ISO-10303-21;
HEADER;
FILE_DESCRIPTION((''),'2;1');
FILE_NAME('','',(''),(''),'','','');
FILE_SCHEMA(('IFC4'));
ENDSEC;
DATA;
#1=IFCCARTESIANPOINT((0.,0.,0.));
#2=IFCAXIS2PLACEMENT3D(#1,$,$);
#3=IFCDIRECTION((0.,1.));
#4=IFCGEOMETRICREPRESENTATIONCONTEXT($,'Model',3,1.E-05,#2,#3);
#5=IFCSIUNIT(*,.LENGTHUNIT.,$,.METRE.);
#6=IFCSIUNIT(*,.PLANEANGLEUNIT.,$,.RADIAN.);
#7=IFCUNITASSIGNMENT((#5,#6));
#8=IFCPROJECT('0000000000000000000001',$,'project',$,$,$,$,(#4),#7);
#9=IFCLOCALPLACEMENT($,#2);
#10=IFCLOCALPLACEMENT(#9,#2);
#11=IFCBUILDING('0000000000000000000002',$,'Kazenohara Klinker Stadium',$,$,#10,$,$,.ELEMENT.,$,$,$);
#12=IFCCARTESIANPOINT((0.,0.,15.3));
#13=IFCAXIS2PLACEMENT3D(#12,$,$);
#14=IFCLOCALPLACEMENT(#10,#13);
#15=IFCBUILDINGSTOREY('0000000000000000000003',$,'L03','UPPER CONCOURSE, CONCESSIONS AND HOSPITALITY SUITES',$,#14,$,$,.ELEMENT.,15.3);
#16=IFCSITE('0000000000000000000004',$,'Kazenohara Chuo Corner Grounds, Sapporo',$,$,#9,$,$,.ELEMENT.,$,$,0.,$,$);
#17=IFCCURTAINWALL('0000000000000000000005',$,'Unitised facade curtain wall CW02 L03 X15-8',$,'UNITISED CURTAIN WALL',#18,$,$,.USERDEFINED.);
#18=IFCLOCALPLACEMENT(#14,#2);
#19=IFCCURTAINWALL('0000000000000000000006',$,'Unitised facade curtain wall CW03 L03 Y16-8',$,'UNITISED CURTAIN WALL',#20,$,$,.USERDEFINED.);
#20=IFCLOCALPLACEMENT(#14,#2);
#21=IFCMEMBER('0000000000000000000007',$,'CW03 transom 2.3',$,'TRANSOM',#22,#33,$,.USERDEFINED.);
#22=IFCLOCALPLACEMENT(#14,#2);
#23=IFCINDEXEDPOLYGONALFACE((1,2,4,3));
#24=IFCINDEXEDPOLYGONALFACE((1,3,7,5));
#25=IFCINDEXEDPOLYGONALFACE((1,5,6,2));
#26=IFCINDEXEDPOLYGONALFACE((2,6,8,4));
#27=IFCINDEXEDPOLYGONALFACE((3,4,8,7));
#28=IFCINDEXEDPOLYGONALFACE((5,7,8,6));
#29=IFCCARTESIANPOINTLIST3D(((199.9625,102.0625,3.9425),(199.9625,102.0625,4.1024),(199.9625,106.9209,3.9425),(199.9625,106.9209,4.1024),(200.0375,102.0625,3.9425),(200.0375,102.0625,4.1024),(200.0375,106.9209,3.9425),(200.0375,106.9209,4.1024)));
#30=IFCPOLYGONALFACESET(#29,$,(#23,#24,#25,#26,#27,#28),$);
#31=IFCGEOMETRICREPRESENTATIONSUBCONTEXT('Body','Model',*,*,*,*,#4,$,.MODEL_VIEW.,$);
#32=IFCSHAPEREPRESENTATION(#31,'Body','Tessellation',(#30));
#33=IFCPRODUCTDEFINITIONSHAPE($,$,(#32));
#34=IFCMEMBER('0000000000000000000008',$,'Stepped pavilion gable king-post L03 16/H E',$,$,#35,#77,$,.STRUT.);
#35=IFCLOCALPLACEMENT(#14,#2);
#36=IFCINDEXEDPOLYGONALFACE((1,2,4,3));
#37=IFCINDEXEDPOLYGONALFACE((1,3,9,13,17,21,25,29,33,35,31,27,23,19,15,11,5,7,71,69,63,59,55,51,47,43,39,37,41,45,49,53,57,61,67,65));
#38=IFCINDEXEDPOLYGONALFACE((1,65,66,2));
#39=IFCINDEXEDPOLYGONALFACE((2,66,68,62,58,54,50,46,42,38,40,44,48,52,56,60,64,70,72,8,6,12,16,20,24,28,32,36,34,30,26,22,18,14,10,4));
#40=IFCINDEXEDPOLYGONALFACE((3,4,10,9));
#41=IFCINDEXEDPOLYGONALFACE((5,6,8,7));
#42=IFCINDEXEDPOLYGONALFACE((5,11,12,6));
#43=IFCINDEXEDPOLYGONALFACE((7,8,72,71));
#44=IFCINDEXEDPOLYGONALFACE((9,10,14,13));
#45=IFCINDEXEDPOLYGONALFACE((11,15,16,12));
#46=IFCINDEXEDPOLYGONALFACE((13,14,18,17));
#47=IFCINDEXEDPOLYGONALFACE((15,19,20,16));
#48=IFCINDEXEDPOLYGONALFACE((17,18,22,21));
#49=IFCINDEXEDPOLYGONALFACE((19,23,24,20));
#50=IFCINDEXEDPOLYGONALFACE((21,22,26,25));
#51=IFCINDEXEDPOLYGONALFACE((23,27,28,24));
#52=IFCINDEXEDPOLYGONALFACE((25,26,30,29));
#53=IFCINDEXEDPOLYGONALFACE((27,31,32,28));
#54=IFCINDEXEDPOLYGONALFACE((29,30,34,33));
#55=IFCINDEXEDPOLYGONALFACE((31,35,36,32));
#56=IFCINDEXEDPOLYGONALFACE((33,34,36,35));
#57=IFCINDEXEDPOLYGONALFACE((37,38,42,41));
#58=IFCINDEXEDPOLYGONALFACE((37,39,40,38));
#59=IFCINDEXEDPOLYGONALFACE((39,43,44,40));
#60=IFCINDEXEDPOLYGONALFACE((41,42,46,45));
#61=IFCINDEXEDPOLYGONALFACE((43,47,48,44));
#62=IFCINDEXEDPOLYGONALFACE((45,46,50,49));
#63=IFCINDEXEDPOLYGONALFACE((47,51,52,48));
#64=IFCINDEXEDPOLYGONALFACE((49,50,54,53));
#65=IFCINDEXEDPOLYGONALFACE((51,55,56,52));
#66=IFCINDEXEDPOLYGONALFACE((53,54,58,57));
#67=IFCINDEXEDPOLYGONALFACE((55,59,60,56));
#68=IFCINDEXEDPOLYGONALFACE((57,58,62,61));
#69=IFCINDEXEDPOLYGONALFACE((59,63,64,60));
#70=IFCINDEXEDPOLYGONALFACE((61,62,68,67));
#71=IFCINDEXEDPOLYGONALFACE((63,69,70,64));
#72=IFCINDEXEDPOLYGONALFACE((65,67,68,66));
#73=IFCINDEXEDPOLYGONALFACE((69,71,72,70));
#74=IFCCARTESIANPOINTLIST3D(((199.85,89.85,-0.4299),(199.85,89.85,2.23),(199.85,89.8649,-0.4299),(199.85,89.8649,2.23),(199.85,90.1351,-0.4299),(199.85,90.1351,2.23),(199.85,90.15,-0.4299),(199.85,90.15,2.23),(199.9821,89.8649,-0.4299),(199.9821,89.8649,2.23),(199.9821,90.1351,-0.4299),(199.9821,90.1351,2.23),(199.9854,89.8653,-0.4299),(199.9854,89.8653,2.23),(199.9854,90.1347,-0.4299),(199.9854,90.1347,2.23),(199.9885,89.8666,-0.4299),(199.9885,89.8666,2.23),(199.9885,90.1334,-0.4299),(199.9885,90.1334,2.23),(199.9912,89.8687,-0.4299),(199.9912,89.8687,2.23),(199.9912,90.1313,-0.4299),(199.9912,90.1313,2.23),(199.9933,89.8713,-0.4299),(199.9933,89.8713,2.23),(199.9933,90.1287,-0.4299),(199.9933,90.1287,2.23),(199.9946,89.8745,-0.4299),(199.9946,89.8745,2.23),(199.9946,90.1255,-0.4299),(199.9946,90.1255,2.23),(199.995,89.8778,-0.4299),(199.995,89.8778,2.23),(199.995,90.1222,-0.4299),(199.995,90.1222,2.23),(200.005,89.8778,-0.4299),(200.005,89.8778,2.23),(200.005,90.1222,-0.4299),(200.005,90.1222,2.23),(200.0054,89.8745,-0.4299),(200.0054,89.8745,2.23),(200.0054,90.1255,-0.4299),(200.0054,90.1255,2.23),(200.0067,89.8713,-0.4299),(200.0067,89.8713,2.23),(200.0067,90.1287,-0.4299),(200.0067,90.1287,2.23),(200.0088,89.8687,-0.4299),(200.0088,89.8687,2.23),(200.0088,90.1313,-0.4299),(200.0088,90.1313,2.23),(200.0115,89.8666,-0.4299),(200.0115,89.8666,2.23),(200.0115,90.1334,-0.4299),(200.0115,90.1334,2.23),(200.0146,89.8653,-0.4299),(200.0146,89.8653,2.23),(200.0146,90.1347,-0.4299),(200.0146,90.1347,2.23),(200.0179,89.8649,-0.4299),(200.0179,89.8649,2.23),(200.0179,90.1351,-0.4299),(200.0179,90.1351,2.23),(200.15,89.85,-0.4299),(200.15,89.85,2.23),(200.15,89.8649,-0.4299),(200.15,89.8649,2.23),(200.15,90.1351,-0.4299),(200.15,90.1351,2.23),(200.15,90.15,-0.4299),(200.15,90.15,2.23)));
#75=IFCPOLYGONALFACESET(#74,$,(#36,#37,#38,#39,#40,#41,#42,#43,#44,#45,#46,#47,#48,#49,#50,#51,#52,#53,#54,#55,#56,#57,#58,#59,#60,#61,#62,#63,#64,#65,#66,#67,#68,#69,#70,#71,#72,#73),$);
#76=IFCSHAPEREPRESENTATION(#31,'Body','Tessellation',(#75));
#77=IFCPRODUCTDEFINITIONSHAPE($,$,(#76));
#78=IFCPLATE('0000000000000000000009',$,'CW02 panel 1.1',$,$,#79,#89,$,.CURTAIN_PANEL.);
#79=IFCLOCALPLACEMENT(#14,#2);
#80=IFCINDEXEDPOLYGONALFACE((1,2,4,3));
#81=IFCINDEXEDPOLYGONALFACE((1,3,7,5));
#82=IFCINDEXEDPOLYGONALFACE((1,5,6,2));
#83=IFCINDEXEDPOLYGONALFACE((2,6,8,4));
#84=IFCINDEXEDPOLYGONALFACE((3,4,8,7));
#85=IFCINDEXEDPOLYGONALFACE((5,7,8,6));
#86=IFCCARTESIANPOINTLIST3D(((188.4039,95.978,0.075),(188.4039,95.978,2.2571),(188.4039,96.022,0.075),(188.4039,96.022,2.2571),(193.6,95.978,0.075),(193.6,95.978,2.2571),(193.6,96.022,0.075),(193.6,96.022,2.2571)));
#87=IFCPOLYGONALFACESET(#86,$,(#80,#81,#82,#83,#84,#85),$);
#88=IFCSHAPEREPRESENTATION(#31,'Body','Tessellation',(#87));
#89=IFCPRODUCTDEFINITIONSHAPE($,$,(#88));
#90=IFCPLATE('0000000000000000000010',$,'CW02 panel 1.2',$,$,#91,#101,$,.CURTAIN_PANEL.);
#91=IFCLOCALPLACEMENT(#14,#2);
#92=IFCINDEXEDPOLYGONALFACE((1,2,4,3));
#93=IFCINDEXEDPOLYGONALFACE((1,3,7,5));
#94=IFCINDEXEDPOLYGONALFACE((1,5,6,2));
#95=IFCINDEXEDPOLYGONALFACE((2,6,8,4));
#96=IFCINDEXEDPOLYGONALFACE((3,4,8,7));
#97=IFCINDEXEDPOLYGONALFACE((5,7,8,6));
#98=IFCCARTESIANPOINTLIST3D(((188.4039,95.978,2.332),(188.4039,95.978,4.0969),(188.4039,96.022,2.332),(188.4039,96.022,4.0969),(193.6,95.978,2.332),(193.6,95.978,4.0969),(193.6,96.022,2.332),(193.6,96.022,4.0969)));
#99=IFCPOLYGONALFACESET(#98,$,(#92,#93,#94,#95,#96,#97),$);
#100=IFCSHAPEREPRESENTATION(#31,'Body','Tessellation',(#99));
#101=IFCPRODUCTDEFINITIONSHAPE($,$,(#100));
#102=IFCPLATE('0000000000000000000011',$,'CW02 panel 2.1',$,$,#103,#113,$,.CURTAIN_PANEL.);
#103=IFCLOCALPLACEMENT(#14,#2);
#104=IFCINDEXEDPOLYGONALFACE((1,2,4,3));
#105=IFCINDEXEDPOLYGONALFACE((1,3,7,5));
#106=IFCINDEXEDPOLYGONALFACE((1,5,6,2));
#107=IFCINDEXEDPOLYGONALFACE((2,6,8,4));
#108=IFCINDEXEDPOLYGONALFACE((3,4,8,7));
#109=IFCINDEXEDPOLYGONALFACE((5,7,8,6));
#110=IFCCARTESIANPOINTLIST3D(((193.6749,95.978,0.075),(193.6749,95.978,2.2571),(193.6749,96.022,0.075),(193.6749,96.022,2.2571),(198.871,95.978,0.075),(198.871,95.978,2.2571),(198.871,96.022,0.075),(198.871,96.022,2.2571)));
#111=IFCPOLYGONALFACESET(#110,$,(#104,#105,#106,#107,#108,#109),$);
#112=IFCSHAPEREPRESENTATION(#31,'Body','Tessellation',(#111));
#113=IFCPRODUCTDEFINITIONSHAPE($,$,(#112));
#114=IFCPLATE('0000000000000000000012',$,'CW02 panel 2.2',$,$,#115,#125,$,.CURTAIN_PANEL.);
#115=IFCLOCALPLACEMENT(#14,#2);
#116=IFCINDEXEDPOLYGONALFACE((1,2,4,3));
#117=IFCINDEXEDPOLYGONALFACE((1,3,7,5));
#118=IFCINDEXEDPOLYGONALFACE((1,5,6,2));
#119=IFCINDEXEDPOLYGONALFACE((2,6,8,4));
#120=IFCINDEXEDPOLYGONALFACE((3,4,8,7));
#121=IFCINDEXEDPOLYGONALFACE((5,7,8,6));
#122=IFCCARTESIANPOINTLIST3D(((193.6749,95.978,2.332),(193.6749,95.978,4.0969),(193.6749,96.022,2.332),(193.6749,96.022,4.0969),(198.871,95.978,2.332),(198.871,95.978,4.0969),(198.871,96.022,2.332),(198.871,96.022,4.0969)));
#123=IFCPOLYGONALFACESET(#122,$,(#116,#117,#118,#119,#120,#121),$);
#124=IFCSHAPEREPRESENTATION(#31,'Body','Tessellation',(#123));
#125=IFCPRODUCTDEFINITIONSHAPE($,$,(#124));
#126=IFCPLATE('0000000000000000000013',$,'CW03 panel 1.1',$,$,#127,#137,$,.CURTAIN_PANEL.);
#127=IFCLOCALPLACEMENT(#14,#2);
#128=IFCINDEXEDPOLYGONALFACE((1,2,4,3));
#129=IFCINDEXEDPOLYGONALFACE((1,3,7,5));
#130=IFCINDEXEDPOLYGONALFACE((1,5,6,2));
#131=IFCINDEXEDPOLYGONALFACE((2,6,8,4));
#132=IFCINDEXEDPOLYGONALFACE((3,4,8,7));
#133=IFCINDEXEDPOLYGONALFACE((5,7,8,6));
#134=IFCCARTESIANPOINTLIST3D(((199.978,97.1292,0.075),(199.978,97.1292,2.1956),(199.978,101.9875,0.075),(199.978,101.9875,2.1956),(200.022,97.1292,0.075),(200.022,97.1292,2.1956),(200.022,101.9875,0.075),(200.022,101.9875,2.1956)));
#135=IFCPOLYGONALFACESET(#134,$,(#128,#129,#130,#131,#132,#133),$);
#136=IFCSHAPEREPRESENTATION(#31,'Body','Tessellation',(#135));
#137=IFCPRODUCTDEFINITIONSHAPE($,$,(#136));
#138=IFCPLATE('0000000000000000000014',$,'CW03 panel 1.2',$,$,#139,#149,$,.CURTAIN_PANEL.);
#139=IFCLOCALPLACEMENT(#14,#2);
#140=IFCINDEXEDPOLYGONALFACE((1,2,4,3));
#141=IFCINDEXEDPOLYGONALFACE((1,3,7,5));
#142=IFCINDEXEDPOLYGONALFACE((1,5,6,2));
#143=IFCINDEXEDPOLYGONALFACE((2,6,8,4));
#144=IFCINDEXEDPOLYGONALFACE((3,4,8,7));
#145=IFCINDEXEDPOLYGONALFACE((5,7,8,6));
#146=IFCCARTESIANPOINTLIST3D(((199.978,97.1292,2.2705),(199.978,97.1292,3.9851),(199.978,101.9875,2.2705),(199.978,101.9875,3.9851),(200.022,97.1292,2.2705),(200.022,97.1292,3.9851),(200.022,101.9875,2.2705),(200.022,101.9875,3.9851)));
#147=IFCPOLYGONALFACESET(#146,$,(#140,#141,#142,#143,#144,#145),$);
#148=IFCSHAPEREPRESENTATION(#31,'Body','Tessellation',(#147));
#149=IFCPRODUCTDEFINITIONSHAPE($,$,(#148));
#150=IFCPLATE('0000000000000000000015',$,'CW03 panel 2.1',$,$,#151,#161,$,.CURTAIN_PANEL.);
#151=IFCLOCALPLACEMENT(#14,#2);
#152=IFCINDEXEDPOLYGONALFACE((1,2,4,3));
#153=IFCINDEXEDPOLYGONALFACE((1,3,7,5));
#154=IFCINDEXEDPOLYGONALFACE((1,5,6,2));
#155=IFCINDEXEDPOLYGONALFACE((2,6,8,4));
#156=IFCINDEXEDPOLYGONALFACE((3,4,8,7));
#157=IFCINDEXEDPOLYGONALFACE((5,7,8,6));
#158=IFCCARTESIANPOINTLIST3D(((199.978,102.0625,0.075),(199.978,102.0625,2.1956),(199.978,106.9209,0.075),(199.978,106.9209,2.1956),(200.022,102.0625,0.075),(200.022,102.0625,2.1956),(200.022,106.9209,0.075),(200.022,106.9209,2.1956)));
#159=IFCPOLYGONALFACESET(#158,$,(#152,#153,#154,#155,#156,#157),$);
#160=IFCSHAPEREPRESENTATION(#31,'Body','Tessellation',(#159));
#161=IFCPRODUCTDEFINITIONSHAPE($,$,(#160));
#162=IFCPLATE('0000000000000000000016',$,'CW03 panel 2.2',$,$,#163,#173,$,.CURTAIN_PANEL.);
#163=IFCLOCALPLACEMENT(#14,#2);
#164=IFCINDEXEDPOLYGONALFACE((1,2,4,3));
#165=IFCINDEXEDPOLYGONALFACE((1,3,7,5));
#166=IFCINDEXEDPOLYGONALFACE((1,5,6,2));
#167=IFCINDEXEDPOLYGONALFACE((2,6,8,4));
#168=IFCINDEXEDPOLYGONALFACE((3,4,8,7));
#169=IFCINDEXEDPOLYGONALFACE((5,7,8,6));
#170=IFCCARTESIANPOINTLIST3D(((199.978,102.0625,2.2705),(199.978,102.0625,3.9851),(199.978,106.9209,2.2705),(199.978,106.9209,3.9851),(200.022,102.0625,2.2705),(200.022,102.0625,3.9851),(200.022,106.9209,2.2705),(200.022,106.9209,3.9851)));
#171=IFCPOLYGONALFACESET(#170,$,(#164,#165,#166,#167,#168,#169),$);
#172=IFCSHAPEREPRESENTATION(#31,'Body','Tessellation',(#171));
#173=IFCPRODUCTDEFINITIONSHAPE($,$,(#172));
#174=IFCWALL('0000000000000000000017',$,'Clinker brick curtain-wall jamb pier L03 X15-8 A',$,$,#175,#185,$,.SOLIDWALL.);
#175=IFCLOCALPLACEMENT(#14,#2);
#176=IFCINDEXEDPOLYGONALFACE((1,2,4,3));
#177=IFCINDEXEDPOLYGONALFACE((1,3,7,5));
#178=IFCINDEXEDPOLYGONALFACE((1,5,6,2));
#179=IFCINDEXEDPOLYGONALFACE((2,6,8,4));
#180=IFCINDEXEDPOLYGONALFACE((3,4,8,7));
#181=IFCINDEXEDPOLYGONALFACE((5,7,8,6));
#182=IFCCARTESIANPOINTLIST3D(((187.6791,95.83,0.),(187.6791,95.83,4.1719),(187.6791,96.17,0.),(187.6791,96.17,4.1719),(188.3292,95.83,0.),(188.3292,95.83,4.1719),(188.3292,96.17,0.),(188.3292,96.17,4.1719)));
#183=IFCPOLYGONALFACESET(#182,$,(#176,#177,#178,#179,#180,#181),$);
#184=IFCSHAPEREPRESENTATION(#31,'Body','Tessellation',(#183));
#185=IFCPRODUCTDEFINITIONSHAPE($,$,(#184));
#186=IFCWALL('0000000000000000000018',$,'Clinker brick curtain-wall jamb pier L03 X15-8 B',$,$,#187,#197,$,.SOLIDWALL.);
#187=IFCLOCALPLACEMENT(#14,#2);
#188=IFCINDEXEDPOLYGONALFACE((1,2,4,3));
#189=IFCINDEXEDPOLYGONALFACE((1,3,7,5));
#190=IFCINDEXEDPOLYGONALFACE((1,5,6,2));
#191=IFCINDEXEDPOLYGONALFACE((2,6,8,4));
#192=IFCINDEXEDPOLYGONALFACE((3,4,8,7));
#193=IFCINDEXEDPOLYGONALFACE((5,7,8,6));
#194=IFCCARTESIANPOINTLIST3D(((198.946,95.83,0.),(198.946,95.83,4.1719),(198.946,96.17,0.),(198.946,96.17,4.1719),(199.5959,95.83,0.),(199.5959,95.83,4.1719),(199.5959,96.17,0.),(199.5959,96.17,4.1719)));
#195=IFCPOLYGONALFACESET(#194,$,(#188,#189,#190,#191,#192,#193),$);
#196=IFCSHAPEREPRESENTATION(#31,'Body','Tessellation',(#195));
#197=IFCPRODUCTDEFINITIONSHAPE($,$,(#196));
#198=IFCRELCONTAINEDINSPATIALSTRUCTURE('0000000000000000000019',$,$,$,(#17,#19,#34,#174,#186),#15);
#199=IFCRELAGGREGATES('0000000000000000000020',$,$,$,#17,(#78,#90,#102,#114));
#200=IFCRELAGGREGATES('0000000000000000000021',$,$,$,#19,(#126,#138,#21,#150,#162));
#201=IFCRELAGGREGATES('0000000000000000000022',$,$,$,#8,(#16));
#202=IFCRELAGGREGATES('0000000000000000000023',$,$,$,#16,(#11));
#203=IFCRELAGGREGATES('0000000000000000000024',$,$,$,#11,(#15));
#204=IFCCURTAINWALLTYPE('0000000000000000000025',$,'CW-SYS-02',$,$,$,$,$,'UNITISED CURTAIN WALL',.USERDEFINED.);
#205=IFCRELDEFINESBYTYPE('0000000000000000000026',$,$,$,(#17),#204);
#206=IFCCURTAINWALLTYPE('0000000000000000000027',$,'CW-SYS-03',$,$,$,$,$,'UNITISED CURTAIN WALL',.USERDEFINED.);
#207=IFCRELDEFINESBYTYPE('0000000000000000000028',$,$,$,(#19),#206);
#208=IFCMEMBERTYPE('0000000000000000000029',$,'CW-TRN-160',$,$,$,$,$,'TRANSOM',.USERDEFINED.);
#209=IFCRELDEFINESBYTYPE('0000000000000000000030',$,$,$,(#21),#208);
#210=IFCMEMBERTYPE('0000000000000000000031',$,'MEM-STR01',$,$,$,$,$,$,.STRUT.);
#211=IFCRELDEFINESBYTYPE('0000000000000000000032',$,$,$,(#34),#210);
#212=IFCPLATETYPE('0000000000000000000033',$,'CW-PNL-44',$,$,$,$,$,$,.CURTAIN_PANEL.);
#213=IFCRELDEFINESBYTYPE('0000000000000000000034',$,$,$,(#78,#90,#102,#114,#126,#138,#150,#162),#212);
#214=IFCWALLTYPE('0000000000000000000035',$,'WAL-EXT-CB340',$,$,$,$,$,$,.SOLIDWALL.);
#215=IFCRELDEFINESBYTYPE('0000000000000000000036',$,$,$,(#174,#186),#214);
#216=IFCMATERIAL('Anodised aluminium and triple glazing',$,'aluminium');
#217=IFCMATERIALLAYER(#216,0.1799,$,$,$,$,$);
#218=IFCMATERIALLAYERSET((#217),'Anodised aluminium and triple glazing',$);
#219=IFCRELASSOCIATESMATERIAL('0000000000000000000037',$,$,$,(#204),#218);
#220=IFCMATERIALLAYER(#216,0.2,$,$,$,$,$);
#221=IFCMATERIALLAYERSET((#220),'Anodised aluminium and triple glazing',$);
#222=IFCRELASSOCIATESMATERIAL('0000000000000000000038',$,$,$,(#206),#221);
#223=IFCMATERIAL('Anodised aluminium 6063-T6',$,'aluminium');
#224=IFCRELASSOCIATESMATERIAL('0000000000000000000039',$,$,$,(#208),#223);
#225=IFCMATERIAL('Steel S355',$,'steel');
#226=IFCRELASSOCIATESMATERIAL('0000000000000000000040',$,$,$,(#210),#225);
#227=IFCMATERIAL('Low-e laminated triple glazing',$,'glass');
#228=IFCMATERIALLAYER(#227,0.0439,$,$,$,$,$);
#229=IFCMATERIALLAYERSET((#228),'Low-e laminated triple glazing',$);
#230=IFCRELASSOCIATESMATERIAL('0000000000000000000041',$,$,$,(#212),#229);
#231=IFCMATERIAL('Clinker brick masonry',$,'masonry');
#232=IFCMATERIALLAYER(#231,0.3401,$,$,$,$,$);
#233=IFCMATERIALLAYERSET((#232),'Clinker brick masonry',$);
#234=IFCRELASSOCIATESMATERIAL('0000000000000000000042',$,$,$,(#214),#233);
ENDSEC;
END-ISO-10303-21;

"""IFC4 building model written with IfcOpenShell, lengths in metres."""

from ifc_helpers import new_model, si_unit, direction, frame, frame_2d, origin, origin_2d, place, context, subcontext, project, spatial, rectangle, i_section, extrude, material, layer, layer_set, material_profile, profile_set, type_object, element, aggregate, save


model = new_model("IFC4")

# Units and contexts
model_context = context("Model", 3, precision=1e-05, world=origin(), true_north=direction((0.0, 1.0)))
body_context = subcontext(model_context, "Body", "Model", "MODEL_VIEW")
ifc_project = project(units=[si_unit("LENGTHUNIT", "METRE"), si_unit("PLANEANGLEUNIT", "RADIAN")], contexts=[model_context])

# Site, building, storey
site_placement = place(None, origin())
site = spatial("IfcSite", under=ifc_project, at=site_placement, Name="Kazenohara Chuo Corner Grounds, Sapporo", CompositionType="ELEMENT", RefElevation=0.0)
building_placement = place(site_placement, origin())
building = spatial("IfcBuilding", under=site, at=building_placement, Name="Kazenohara Klinker Stadium", CompositionType="ELEMENT")
storey_placement = place(building_placement, frame((0.0, 0.0, 15.3)))
storey = spatial("IfcBuildingStorey", under=building, at=storey_placement, Name="L03", Description="UPPER CONCOURSE, CONCESSIONS AND HOSPITALITY SUITES", CompositionType="ELEMENT", Elevation=15.3)

# Shared definitions
ifc_material_1 = material(Name="Steel S355", Category="steel")

# Curtain walls
ifc_material_2 = material(Name="Anodised aluminium and triple glazing", Category="aluminium")
ifc_layer_1 = layer(ifc_material_2, 0.1799)
ifc_layer_set_1 = layer_set([ifc_layer_1], Name="Anodised aluminium and triple glazing")
curtain_wall_type_1 = type_object("IfcCurtainWallType", Name="CW-SYS-02", ElementType="UNITISED CURTAIN WALL", PredefinedType="USERDEFINED", material=ifc_layer_set_1)
curtain_wall_1_placement = place(storey_placement, origin())
curtain_wall_1 = element("IfcCurtainWall", 1, at=curtain_wall_1_placement, inside=storey, type_object=curtain_wall_type_1, Name="Unitised facade curtain wall CW02 L03 X15-8", ObjectType="UNITISED CURTAIN WALL", PredefinedType="USERDEFINED")
ifc_material_3 = material(Name="Anodised aluminium 6063-T6", Category="aluminium")
ifc_layer_2 = layer(ifc_material_2, 0.2)
ifc_layer_set_2 = layer_set([ifc_layer_2], Name="Anodised aluminium and triple glazing")
curtain_wall_type_2 = type_object("IfcCurtainWallType", Name="CW-SYS-03", ElementType="UNITISED CURTAIN WALL", PredefinedType="USERDEFINED", material=ifc_layer_set_2)
curtain_wall_2_placement = place(storey_placement, origin())
curtain_wall_2 = element("IfcCurtainWall", 2, at=curtain_wall_2_placement, inside=storey, type_object=curtain_wall_type_2, Name="Unitised facade curtain wall CW03 L03 Y16-8", ObjectType="UNITISED CURTAIN WALL", PredefinedType="USERDEFINED")

# Members
ifc_material_profile_1 = material_profile(ifc_material_3, rectangle(XDim=0.075, YDim=0.1599, at=origin_2d()), Name="ALU-TRN-75x160")
ifc_profile_set_1 = profile_set([ifc_material_profile_1], Name="Anodised aluminium 6063-T6")
member_type_1 = type_object("IfcMemberType", Name="CW-TRN-160", ElementType="TRANSOM", PredefinedType="USERDEFINED", material=ifc_profile_set_1)
member_1_placement = place(storey_placement, frame((200.0, 102.0625, 4.0225), z_axis=(0.0, 1.0, 0.0), x_axis=(-1.0, 0.0, 0.0)))
member_1 = element("IfcMember", 3, at=member_1_placement, type_object=member_type_1, Name="CW03 transom 2.3", ObjectType="TRANSOM", PredefinedType="USERDEFINED", context=body_context, shape_type="SweptSolid", body=[
    extrude(rectangle(XDim=0.075, YDim=0.1599, at=origin_2d()), origin(), (0.0, 0.0, 1.0), 4.8584),
])
ifc_material_profile_2 = material_profile(ifc_material_1, i_section(OverallWidth=0.3, OverallDepth=0.3, WebThickness=0.01, FlangeThickness=0.0149, FilletRadius=0.0129, at=origin_2d()), Name="H-300x300x10x15")
ifc_profile_set_2 = profile_set([ifc_material_profile_2], Name="Steel S355")
member_type_2 = type_object("IfcMemberType", Name="MEM-STR01", PredefinedType="STRUT", material=ifc_profile_set_2)
member_2_placement = place(storey_placement, frame((200.0, 90.0, -0.4299), z_axis=(0.0, 0.0, 1.0), x_axis=(1.0, 0.0, 0.0)))
element("IfcMember", 4, at=member_2_placement, inside=storey, type_object=member_type_2, Name="Stepped pavilion gable king-post L03 16/H E", PredefinedType="STRUT", context=body_context, shape_type="SweptSolid", body=[
    extrude(i_section(OverallWidth=0.3, OverallDepth=0.3, WebThickness=0.01, FlangeThickness=0.0149, FilletRadius=0.0129, at=origin_2d()), origin(), (0.0, 0.0, 1.0), 2.6599),
])

# Plates
ifc_material_4 = material(Name="Low-e laminated triple glazing", Category="glass")
ifc_layer_3 = layer(ifc_material_4, 0.0439)
ifc_layer_set_3 = layer_set([ifc_layer_3], Name="Low-e laminated triple glazing")
plate_type = type_object("IfcPlateType", Name="CW-PNL-44", PredefinedType="CURTAIN_PANEL", material=ifc_layer_set_3)
plate_1_placement = place(storey_placement, frame((191.002, 96.0, 0.075), z_axis=(0.0, 0.0, 1.0), x_axis=(1.0, 0.0, 0.0)))
plate_1 = element("IfcPlate", 5, at=plate_1_placement, type_object=plate_type, Name="CW02 panel 1.1", PredefinedType="CURTAIN_PANEL", context=body_context, shape_type="SweptSolid", body=[
    extrude(rectangle(XDim=5.196, YDim=0.0439, at=origin_2d()), origin(), (0.0, 0.0, 1.0), 2.1821),
])
plate_2_placement = place(storey_placement, frame((191.002, 96.0, 2.332), z_axis=(0.0, 0.0, 1.0), x_axis=(1.0, 0.0, 0.0)))
plate_2 = element("IfcPlate", 6, at=plate_2_placement, type_object=plate_type, Name="CW02 panel 1.2", PredefinedType="CURTAIN_PANEL", context=body_context, shape_type="SweptSolid", body=[
    extrude(rectangle(XDim=5.196, YDim=0.0439, at=origin_2d()), origin(), (0.0, 0.0, 1.0), 1.7649),
])
plate_3_placement = place(storey_placement, frame((196.2729, 96.0, 0.075), z_axis=(0.0, 0.0, 1.0), x_axis=(1.0, 0.0, 0.0)))
plate_3 = element("IfcPlate", 7, at=plate_3_placement, type_object=plate_type, Name="CW02 panel 2.1", PredefinedType="CURTAIN_PANEL", context=body_context, shape_type="SweptSolid", body=[
    extrude(rectangle(XDim=5.196, YDim=0.0439, at=origin_2d()), origin(), (0.0, 0.0, 1.0), 2.1821),
])
plate_4_placement = place(storey_placement, frame((196.2729, 96.0, 2.332), z_axis=(0.0, 0.0, 1.0), x_axis=(1.0, 0.0, 0.0)))
plate_4 = element("IfcPlate", 8, at=plate_4_placement, type_object=plate_type, Name="CW02 panel 2.2", PredefinedType="CURTAIN_PANEL", context=body_context, shape_type="SweptSolid", body=[
    extrude(rectangle(XDim=5.196, YDim=0.0439, at=origin_2d()), origin(), (0.0, 0.0, 1.0), 1.7649),
])
aggregate(curtain_wall_1, [plate_1, plate_2, plate_3, plate_4])
plate_5_placement = place(storey_placement, frame((200.0, 99.5583, 0.075), z_axis=(0.0, 0.0, 1.0), x_axis=(0.0, 1.0, 0.0)))
plate_5 = element("IfcPlate", 9, at=plate_5_placement, type_object=plate_type, Name="CW03 panel 1.1", PredefinedType="CURTAIN_PANEL", context=body_context, shape_type="SweptSolid", body=[
    extrude(rectangle(XDim=4.8584, YDim=0.0439, at=origin_2d()), origin(), (0.0, 0.0, 1.0), 2.1206),
])
plate_6_placement = place(storey_placement, frame((200.0, 99.5583, 2.2705), z_axis=(0.0, 0.0, 1.0), x_axis=(0.0, 1.0, 0.0)))
plate_6 = element("IfcPlate", 10, at=plate_6_placement, type_object=plate_type, Name="CW03 panel 1.2", PredefinedType="CURTAIN_PANEL", context=body_context, shape_type="SweptSolid", body=[
    extrude(rectangle(XDim=4.8584, YDim=0.0439, at=origin_2d()), origin(), (0.0, 0.0, 1.0), 1.7146),
])
plate_7_placement = place(storey_placement, frame((200.0, 104.4917, 0.075), z_axis=(0.0, 0.0, 1.0), x_axis=(0.0, 1.0, 0.0)))
plate_7 = element("IfcPlate", 11, at=plate_7_placement, type_object=plate_type, Name="CW03 panel 2.1", PredefinedType="CURTAIN_PANEL", context=body_context, shape_type="SweptSolid", body=[
    extrude(rectangle(XDim=4.8584, YDim=0.0439, at=origin_2d()), origin(), (0.0, 0.0, 1.0), 2.1206),
])
plate_8_placement = place(storey_placement, frame((200.0, 104.4917, 2.2705), z_axis=(0.0, 0.0, 1.0), x_axis=(0.0, 1.0, 0.0)))
plate_8 = element("IfcPlate", 12, at=plate_8_placement, type_object=plate_type, Name="CW03 panel 2.2", PredefinedType="CURTAIN_PANEL", context=body_context, shape_type="SweptSolid", body=[
    extrude(rectangle(XDim=4.8584, YDim=0.0439, at=origin_2d()), origin(), (0.0, 0.0, 1.0), 1.7146),
])
aggregate(curtain_wall_2, [plate_5, plate_6, member_1, plate_7, plate_8])

# Walls
ifc_material_5 = material(Name="Clinker brick masonry", Category="masonry")
ifc_layer_4 = layer(ifc_material_5, 0.3401)
ifc_layer_set_4 = layer_set([ifc_layer_4], Name="Clinker brick masonry")
wall_type_1 = type_object("IfcWallType", Name="WAL-EXT-CB340", PredefinedType="SOLIDWALL", material=ifc_layer_set_4)
wall_1_placement = place(storey_placement, frame((187.679, 96.0, 0.0), z_axis=(0.0, 0.0, 1.0), x_axis=(1.0, 0.0, 0.0)))
element("IfcWall", 13, at=wall_1_placement, inside=storey, type_object=wall_type_1, Name="Clinker brick curtain-wall jamb pier L03 X15-8 A", PredefinedType="SOLIDWALL", context=body_context, shape_type="SweptSolid", body=[
    extrude(rectangle(XDim=0.6501, YDim=0.3401, at=frame_2d((0.3252, 0.0))), origin(), (0.0, 0.0, 1.0), 4.1719),
])
wall_2_placement = place(storey_placement, frame((198.946, 96.0, 0.0), z_axis=(0.0, 0.0, 1.0), x_axis=(1.0, 0.0, 0.0)))
element("IfcWall", 14, at=wall_2_placement, inside=storey, type_object=wall_type_1, Name="Clinker brick curtain-wall jamb pier L03 X15-8 B", PredefinedType="SOLIDWALL", context=body_context, shape_type="SweptSolid", body=[
    extrude(rectangle(XDim=0.6499, YDim=0.3401, at=frame_2d((0.325, 0.0))), origin(), (0.0, 0.0, 1.0), 4.1719),
])

save(model, "model.ifc")
